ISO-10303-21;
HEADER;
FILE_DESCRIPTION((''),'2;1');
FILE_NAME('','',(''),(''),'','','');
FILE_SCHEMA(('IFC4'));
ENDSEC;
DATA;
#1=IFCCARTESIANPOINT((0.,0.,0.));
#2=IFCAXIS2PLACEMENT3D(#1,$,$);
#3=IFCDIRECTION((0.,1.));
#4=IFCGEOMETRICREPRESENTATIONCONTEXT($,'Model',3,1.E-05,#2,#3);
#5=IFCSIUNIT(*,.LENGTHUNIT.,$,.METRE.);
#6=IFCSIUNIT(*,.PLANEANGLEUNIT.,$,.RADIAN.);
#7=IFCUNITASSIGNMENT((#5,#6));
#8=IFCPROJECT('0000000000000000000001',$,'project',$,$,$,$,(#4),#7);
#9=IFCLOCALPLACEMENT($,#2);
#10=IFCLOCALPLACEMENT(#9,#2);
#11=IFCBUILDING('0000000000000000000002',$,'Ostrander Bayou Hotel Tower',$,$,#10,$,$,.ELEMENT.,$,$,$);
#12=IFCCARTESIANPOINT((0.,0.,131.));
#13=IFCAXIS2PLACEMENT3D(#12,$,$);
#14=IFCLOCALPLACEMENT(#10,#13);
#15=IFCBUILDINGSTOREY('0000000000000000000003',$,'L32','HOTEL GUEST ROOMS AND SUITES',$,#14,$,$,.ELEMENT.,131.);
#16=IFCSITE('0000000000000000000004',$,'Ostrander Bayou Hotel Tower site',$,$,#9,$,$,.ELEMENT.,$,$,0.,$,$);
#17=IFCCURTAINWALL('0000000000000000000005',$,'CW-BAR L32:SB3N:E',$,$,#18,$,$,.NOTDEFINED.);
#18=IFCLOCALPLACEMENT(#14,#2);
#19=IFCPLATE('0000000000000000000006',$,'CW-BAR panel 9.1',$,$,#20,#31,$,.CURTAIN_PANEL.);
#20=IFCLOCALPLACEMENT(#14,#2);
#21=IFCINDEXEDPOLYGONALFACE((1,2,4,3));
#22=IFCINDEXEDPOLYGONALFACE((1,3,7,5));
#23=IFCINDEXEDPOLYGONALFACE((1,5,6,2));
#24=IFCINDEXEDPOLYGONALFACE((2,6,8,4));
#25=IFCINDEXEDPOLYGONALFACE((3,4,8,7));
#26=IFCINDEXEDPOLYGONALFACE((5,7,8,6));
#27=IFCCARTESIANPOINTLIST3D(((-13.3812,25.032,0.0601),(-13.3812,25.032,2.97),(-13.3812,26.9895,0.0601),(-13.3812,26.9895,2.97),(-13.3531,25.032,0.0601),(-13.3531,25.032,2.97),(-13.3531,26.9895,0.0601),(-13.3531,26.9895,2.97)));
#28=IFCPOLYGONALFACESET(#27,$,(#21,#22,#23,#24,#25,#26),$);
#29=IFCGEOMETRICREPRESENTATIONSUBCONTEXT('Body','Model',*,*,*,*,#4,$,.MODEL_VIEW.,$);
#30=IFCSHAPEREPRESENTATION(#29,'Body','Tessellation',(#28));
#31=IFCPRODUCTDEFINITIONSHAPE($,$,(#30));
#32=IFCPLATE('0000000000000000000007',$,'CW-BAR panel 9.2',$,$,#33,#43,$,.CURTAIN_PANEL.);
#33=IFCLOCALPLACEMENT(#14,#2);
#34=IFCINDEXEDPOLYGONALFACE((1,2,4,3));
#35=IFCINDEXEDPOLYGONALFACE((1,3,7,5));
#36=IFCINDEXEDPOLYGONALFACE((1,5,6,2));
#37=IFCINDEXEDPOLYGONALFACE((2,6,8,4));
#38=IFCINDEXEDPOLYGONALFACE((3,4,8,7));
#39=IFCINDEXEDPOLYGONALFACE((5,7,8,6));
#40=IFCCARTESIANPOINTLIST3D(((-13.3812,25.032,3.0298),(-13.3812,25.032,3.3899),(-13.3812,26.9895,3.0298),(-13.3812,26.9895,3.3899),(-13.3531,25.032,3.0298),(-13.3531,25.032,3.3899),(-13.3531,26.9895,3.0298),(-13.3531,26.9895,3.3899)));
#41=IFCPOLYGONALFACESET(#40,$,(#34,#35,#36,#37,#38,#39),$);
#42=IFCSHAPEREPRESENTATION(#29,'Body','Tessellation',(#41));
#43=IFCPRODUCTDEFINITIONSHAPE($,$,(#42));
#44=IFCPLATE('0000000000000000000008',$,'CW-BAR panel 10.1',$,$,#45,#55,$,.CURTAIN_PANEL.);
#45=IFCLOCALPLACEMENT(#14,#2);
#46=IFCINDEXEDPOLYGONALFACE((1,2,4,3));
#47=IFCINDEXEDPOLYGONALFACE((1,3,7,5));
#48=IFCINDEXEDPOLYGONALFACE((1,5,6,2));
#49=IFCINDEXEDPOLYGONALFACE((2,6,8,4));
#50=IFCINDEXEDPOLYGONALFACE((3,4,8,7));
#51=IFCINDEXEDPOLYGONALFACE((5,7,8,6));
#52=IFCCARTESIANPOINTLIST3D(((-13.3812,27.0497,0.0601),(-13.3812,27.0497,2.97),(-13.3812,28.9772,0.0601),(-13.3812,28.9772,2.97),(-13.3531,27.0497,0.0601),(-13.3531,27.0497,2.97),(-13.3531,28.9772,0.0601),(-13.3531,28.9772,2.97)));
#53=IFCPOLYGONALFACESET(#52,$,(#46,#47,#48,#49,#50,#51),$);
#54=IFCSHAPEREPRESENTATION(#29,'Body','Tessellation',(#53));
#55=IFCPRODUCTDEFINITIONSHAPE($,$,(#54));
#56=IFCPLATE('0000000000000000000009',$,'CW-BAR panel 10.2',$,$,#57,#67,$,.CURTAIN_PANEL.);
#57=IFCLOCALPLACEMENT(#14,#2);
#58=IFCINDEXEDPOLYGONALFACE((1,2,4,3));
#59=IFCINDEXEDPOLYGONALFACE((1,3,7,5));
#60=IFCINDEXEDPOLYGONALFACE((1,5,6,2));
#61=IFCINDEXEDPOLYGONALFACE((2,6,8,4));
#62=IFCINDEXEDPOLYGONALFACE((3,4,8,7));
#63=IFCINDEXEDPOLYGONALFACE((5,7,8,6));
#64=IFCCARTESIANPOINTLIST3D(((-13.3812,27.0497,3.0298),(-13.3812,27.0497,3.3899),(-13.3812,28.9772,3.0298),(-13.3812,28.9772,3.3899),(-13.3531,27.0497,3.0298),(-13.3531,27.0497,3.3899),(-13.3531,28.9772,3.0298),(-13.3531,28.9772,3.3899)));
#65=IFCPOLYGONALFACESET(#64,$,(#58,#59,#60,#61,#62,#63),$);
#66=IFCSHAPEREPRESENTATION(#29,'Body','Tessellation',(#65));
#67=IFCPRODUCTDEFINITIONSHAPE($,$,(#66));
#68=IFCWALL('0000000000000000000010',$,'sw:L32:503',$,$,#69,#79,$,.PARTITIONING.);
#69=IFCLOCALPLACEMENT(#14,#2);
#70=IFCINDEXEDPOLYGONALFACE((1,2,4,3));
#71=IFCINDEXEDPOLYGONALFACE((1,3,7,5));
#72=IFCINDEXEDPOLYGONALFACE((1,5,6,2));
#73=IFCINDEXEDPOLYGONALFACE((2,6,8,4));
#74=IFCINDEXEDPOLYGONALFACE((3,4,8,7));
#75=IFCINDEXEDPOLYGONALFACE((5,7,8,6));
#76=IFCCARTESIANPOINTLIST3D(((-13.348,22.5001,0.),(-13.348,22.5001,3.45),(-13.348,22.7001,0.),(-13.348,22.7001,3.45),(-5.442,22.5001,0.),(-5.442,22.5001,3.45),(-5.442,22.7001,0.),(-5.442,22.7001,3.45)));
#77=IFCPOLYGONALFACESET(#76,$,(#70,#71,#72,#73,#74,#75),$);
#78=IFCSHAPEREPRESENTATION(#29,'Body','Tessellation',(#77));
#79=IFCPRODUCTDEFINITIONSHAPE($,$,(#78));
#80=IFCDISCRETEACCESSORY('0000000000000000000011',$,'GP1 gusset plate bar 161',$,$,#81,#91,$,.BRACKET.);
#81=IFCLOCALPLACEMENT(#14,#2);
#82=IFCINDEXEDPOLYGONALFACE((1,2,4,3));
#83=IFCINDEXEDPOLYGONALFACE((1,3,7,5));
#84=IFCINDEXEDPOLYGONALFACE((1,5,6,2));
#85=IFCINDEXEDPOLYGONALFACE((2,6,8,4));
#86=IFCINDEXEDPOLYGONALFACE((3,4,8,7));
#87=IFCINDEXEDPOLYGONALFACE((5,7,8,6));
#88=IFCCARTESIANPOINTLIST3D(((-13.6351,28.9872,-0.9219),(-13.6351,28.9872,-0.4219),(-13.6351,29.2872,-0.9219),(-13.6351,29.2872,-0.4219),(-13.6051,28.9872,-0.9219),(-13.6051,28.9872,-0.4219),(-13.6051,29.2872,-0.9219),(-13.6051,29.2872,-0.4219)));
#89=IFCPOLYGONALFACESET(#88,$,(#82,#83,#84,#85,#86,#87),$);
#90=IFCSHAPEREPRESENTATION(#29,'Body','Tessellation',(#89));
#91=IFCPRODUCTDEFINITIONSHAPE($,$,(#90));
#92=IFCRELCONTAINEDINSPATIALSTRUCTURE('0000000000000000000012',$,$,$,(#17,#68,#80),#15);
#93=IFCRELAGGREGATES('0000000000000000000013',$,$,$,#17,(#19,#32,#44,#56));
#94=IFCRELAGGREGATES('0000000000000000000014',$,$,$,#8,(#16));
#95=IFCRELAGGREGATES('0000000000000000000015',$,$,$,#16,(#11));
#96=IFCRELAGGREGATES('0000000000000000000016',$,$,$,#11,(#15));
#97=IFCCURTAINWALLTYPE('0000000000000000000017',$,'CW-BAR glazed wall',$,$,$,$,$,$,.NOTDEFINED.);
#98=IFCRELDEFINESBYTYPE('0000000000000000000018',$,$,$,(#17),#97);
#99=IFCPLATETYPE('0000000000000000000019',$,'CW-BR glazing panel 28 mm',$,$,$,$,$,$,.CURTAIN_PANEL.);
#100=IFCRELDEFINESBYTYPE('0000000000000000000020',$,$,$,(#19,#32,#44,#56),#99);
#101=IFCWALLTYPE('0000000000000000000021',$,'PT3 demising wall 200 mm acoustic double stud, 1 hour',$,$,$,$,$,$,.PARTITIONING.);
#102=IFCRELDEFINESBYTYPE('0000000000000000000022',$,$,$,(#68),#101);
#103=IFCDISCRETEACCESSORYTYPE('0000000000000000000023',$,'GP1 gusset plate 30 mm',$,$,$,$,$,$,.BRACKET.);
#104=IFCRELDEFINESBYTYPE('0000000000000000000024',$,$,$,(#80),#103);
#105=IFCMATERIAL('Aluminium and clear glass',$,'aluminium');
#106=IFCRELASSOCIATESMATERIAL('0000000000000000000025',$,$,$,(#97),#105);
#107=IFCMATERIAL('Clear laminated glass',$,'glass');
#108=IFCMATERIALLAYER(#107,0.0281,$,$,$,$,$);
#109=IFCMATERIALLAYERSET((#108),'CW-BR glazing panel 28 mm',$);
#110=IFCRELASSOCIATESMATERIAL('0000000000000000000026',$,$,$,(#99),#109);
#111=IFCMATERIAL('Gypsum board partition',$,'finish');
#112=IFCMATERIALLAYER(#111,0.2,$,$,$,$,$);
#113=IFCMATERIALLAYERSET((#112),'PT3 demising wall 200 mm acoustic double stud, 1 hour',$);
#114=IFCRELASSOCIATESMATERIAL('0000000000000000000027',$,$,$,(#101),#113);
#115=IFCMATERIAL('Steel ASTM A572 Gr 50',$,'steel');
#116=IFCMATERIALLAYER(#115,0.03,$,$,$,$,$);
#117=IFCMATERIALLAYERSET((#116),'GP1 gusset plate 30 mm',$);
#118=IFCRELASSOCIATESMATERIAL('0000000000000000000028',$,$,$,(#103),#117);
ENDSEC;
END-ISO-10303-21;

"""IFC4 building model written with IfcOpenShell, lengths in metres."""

from ifc_helpers import new_model, si_unit, direction, frame, frame_2d, origin, origin_2d, place, context, subcontext, project, spatial, rectangle, extrude, material, layer, layer_set, type_object, element, aggregate, save


model = new_model("IFC4")

# Units and contexts
model_context = context("Model", 3, precision=1e-05, world=origin(), true_north=direction((0.0, 1.0)))
body_context = subcontext(model_context, "Body", "Model", "MODEL_VIEW")
ifc_project = project(units=[si_unit("LENGTHUNIT", "METRE"), si_unit("PLANEANGLEUNIT", "RADIAN")], contexts=[model_context])

# Site, building, storey
site_placement = place(None, origin())
site = spatial("IfcSite", under=ifc_project, at=site_placement, Name="Ostrander Bayou Hotel Tower site", CompositionType="ELEMENT", RefElevation=0.0)
building_placement = place(site_placement, origin())
building = spatial("IfcBuilding", under=site, at=building_placement, Name="Ostrander Bayou Hotel Tower", CompositionType="ELEMENT")
storey_placement = place(building_placement, frame((0.0, 0.0, 131.0)))
storey = spatial("IfcBuildingStorey", under=building, at=storey_placement, Name="L32", Description="HOTEL GUEST ROOMS AND SUITES", CompositionType="ELEMENT", Elevation=131.0)

# Curtain wall
ifc_material_1 = material(Name="Aluminium and clear glass", Category="aluminium")
curtain_wall_type = type_object("IfcCurtainWallType", Name="CW-BAR glazed wall", PredefinedType="NOTDEFINED", material=ifc_material_1)
curtain_wall_1_placement = place(storey_placement, origin())
curtain_wall_1 = element("IfcCurtainWall", 1, at=curtain_wall_1_placement, inside=storey, type_object=curtain_wall_type, Name="CW-BAR L32:SB3N:E", PredefinedType="NOTDEFINED")

# Plates
ifc_material_2 = material(Name="Clear laminated glass", Category="glass")
ifc_layer_1 = layer(ifc_material_2, 0.0281)
ifc_layer_set_1 = layer_set([ifc_layer_1], Name="CW-BR glazing panel 28 mm")
plate_type = type_object("IfcPlateType", Name="CW-BR glazing panel 28 mm", PredefinedType="CURTAIN_PANEL", material=ifc_layer_set_1)
plate_1_placement = place(storey_placement, frame((-13.3672, 26.0107, 0.0601), z_axis=(0.0, 0.0, 1.0), x_axis=(0.0, 1.0, 0.0)))
plate_1 = element("IfcPlate", 2, at=plate_1_placement, type_object=plate_type, Name="CW-BAR panel 9.1", PredefinedType="CURTAIN_PANEL", context=body_context, shape_type="SweptSolid", body=[
    extrude(rectangle(XDim=1.9575, YDim=0.0281, at=origin_2d()), origin(), (0.0, 0.0, 1.0), 2.9099),
])
plate_2_placement = place(storey_placement, frame((-13.3672, 26.0107, 3.0298), z_axis=(0.0, 0.0, 1.0), x_axis=(0.0, 1.0, 0.0)))
plate_2 = element("IfcPlate", 3, at=plate_2_placement, type_object=plate_type, Name="CW-BAR panel 9.2", PredefinedType="CURTAIN_PANEL", context=body_context, shape_type="SweptSolid", body=[
    extrude(rectangle(XDim=1.9575, YDim=0.0281, at=origin_2d()), origin(), (0.0, 0.0, 1.0), 0.3601),
])
plate_3_placement = place(storey_placement, frame((-13.3672, 28.0134, 0.0601), z_axis=(0.0, 0.0, 1.0), x_axis=(0.0, 1.0, 0.0)))
plate_3 = element("IfcPlate", 4, at=plate_3_placement, type_object=plate_type, Name="CW-BAR panel 10.1", PredefinedType="CURTAIN_PANEL", context=body_context, shape_type="SweptSolid", body=[
    extrude(rectangle(XDim=1.9275, YDim=0.0281, at=origin_2d()), origin(), (0.0, 0.0, 1.0), 2.9099),
])
plate_4_placement = place(storey_placement, frame((-13.3672, 28.0134, 3.0298), z_axis=(0.0, 0.0, 1.0), x_axis=(0.0, 1.0, 0.0)))
plate_4 = element("IfcPlate", 5, at=plate_4_placement, type_object=plate_type, Name="CW-BAR panel 10.2", PredefinedType="CURTAIN_PANEL", context=body_context, shape_type="SweptSolid", body=[
    extrude(rectangle(XDim=1.9275, YDim=0.0281, at=origin_2d()), origin(), (0.0, 0.0, 1.0), 0.3601),
])
aggregate(curtain_wall_1, [plate_1, plate_2, plate_3, plate_4])

# Wall
ifc_material_3 = material(Name="Gypsum board partition", Category="finish")
ifc_layer_2 = layer(ifc_material_3, 0.2)
ifc_layer_set_2 = layer_set([ifc_layer_2], Name="PT3 demising wall 200 mm acoustic double stud, 1 hour")
wall_type = type_object("IfcWallType", Name="PT3 demising wall 200 mm acoustic double stud, 1 hour", PredefinedType="PARTITIONING", material=ifc_layer_set_2)
wall_placement = place(storey_placement, frame((-13.3481, 22.6001, 0.0), z_axis=(0.0, 0.0, 1.0), x_axis=(1.0, 0.0, 0.0)))
element("IfcWall", 6, at=wall_placement, inside=storey, type_object=wall_type, Name="sw:L32:503", PredefinedType="PARTITIONING", context=body_context, shape_type="SweptSolid", body=[
    extrude(rectangle(XDim=7.906, YDim=0.2, at=frame_2d((3.9531, 0.0))), origin(), (0.0, 0.0, 1.0), 3.45),
])

# Discrete accessory
ifc_material_4 = material(Name="Steel ASTM A572 Gr 50", Category="steel")
ifc_layer_3 = layer(ifc_material_4, 0.03)
ifc_layer_set_3 = layer_set([ifc_layer_3], Name="GP1 gusset plate 30 mm")
discrete_accessory_type = type_object("IfcDiscreteAccessoryType", Name="GP1 gusset plate 30 mm", PredefinedType="BRACKET", material=ifc_layer_set_3)
discrete_accessory_placement = place(storey_placement, frame((-13.6201, 29.1372, -0.9219), z_axis=(0.0, 0.0, 1.0), x_axis=(0.0, -1.0, 0.0)))
element("IfcDiscreteAccessory", 7, at=discrete_accessory_placement, inside=storey, type_object=discrete_accessory_type, Name="GP1 gusset plate bar 161", PredefinedType="BRACKET", context=body_context, shape_type="SweptSolid", body=[
    extrude(rectangle(XDim=0.3, YDim=0.03, at=origin_2d()), origin(), (0.0, 0.0, 1.0), 0.5),
])

save(model, "model.ifc")
